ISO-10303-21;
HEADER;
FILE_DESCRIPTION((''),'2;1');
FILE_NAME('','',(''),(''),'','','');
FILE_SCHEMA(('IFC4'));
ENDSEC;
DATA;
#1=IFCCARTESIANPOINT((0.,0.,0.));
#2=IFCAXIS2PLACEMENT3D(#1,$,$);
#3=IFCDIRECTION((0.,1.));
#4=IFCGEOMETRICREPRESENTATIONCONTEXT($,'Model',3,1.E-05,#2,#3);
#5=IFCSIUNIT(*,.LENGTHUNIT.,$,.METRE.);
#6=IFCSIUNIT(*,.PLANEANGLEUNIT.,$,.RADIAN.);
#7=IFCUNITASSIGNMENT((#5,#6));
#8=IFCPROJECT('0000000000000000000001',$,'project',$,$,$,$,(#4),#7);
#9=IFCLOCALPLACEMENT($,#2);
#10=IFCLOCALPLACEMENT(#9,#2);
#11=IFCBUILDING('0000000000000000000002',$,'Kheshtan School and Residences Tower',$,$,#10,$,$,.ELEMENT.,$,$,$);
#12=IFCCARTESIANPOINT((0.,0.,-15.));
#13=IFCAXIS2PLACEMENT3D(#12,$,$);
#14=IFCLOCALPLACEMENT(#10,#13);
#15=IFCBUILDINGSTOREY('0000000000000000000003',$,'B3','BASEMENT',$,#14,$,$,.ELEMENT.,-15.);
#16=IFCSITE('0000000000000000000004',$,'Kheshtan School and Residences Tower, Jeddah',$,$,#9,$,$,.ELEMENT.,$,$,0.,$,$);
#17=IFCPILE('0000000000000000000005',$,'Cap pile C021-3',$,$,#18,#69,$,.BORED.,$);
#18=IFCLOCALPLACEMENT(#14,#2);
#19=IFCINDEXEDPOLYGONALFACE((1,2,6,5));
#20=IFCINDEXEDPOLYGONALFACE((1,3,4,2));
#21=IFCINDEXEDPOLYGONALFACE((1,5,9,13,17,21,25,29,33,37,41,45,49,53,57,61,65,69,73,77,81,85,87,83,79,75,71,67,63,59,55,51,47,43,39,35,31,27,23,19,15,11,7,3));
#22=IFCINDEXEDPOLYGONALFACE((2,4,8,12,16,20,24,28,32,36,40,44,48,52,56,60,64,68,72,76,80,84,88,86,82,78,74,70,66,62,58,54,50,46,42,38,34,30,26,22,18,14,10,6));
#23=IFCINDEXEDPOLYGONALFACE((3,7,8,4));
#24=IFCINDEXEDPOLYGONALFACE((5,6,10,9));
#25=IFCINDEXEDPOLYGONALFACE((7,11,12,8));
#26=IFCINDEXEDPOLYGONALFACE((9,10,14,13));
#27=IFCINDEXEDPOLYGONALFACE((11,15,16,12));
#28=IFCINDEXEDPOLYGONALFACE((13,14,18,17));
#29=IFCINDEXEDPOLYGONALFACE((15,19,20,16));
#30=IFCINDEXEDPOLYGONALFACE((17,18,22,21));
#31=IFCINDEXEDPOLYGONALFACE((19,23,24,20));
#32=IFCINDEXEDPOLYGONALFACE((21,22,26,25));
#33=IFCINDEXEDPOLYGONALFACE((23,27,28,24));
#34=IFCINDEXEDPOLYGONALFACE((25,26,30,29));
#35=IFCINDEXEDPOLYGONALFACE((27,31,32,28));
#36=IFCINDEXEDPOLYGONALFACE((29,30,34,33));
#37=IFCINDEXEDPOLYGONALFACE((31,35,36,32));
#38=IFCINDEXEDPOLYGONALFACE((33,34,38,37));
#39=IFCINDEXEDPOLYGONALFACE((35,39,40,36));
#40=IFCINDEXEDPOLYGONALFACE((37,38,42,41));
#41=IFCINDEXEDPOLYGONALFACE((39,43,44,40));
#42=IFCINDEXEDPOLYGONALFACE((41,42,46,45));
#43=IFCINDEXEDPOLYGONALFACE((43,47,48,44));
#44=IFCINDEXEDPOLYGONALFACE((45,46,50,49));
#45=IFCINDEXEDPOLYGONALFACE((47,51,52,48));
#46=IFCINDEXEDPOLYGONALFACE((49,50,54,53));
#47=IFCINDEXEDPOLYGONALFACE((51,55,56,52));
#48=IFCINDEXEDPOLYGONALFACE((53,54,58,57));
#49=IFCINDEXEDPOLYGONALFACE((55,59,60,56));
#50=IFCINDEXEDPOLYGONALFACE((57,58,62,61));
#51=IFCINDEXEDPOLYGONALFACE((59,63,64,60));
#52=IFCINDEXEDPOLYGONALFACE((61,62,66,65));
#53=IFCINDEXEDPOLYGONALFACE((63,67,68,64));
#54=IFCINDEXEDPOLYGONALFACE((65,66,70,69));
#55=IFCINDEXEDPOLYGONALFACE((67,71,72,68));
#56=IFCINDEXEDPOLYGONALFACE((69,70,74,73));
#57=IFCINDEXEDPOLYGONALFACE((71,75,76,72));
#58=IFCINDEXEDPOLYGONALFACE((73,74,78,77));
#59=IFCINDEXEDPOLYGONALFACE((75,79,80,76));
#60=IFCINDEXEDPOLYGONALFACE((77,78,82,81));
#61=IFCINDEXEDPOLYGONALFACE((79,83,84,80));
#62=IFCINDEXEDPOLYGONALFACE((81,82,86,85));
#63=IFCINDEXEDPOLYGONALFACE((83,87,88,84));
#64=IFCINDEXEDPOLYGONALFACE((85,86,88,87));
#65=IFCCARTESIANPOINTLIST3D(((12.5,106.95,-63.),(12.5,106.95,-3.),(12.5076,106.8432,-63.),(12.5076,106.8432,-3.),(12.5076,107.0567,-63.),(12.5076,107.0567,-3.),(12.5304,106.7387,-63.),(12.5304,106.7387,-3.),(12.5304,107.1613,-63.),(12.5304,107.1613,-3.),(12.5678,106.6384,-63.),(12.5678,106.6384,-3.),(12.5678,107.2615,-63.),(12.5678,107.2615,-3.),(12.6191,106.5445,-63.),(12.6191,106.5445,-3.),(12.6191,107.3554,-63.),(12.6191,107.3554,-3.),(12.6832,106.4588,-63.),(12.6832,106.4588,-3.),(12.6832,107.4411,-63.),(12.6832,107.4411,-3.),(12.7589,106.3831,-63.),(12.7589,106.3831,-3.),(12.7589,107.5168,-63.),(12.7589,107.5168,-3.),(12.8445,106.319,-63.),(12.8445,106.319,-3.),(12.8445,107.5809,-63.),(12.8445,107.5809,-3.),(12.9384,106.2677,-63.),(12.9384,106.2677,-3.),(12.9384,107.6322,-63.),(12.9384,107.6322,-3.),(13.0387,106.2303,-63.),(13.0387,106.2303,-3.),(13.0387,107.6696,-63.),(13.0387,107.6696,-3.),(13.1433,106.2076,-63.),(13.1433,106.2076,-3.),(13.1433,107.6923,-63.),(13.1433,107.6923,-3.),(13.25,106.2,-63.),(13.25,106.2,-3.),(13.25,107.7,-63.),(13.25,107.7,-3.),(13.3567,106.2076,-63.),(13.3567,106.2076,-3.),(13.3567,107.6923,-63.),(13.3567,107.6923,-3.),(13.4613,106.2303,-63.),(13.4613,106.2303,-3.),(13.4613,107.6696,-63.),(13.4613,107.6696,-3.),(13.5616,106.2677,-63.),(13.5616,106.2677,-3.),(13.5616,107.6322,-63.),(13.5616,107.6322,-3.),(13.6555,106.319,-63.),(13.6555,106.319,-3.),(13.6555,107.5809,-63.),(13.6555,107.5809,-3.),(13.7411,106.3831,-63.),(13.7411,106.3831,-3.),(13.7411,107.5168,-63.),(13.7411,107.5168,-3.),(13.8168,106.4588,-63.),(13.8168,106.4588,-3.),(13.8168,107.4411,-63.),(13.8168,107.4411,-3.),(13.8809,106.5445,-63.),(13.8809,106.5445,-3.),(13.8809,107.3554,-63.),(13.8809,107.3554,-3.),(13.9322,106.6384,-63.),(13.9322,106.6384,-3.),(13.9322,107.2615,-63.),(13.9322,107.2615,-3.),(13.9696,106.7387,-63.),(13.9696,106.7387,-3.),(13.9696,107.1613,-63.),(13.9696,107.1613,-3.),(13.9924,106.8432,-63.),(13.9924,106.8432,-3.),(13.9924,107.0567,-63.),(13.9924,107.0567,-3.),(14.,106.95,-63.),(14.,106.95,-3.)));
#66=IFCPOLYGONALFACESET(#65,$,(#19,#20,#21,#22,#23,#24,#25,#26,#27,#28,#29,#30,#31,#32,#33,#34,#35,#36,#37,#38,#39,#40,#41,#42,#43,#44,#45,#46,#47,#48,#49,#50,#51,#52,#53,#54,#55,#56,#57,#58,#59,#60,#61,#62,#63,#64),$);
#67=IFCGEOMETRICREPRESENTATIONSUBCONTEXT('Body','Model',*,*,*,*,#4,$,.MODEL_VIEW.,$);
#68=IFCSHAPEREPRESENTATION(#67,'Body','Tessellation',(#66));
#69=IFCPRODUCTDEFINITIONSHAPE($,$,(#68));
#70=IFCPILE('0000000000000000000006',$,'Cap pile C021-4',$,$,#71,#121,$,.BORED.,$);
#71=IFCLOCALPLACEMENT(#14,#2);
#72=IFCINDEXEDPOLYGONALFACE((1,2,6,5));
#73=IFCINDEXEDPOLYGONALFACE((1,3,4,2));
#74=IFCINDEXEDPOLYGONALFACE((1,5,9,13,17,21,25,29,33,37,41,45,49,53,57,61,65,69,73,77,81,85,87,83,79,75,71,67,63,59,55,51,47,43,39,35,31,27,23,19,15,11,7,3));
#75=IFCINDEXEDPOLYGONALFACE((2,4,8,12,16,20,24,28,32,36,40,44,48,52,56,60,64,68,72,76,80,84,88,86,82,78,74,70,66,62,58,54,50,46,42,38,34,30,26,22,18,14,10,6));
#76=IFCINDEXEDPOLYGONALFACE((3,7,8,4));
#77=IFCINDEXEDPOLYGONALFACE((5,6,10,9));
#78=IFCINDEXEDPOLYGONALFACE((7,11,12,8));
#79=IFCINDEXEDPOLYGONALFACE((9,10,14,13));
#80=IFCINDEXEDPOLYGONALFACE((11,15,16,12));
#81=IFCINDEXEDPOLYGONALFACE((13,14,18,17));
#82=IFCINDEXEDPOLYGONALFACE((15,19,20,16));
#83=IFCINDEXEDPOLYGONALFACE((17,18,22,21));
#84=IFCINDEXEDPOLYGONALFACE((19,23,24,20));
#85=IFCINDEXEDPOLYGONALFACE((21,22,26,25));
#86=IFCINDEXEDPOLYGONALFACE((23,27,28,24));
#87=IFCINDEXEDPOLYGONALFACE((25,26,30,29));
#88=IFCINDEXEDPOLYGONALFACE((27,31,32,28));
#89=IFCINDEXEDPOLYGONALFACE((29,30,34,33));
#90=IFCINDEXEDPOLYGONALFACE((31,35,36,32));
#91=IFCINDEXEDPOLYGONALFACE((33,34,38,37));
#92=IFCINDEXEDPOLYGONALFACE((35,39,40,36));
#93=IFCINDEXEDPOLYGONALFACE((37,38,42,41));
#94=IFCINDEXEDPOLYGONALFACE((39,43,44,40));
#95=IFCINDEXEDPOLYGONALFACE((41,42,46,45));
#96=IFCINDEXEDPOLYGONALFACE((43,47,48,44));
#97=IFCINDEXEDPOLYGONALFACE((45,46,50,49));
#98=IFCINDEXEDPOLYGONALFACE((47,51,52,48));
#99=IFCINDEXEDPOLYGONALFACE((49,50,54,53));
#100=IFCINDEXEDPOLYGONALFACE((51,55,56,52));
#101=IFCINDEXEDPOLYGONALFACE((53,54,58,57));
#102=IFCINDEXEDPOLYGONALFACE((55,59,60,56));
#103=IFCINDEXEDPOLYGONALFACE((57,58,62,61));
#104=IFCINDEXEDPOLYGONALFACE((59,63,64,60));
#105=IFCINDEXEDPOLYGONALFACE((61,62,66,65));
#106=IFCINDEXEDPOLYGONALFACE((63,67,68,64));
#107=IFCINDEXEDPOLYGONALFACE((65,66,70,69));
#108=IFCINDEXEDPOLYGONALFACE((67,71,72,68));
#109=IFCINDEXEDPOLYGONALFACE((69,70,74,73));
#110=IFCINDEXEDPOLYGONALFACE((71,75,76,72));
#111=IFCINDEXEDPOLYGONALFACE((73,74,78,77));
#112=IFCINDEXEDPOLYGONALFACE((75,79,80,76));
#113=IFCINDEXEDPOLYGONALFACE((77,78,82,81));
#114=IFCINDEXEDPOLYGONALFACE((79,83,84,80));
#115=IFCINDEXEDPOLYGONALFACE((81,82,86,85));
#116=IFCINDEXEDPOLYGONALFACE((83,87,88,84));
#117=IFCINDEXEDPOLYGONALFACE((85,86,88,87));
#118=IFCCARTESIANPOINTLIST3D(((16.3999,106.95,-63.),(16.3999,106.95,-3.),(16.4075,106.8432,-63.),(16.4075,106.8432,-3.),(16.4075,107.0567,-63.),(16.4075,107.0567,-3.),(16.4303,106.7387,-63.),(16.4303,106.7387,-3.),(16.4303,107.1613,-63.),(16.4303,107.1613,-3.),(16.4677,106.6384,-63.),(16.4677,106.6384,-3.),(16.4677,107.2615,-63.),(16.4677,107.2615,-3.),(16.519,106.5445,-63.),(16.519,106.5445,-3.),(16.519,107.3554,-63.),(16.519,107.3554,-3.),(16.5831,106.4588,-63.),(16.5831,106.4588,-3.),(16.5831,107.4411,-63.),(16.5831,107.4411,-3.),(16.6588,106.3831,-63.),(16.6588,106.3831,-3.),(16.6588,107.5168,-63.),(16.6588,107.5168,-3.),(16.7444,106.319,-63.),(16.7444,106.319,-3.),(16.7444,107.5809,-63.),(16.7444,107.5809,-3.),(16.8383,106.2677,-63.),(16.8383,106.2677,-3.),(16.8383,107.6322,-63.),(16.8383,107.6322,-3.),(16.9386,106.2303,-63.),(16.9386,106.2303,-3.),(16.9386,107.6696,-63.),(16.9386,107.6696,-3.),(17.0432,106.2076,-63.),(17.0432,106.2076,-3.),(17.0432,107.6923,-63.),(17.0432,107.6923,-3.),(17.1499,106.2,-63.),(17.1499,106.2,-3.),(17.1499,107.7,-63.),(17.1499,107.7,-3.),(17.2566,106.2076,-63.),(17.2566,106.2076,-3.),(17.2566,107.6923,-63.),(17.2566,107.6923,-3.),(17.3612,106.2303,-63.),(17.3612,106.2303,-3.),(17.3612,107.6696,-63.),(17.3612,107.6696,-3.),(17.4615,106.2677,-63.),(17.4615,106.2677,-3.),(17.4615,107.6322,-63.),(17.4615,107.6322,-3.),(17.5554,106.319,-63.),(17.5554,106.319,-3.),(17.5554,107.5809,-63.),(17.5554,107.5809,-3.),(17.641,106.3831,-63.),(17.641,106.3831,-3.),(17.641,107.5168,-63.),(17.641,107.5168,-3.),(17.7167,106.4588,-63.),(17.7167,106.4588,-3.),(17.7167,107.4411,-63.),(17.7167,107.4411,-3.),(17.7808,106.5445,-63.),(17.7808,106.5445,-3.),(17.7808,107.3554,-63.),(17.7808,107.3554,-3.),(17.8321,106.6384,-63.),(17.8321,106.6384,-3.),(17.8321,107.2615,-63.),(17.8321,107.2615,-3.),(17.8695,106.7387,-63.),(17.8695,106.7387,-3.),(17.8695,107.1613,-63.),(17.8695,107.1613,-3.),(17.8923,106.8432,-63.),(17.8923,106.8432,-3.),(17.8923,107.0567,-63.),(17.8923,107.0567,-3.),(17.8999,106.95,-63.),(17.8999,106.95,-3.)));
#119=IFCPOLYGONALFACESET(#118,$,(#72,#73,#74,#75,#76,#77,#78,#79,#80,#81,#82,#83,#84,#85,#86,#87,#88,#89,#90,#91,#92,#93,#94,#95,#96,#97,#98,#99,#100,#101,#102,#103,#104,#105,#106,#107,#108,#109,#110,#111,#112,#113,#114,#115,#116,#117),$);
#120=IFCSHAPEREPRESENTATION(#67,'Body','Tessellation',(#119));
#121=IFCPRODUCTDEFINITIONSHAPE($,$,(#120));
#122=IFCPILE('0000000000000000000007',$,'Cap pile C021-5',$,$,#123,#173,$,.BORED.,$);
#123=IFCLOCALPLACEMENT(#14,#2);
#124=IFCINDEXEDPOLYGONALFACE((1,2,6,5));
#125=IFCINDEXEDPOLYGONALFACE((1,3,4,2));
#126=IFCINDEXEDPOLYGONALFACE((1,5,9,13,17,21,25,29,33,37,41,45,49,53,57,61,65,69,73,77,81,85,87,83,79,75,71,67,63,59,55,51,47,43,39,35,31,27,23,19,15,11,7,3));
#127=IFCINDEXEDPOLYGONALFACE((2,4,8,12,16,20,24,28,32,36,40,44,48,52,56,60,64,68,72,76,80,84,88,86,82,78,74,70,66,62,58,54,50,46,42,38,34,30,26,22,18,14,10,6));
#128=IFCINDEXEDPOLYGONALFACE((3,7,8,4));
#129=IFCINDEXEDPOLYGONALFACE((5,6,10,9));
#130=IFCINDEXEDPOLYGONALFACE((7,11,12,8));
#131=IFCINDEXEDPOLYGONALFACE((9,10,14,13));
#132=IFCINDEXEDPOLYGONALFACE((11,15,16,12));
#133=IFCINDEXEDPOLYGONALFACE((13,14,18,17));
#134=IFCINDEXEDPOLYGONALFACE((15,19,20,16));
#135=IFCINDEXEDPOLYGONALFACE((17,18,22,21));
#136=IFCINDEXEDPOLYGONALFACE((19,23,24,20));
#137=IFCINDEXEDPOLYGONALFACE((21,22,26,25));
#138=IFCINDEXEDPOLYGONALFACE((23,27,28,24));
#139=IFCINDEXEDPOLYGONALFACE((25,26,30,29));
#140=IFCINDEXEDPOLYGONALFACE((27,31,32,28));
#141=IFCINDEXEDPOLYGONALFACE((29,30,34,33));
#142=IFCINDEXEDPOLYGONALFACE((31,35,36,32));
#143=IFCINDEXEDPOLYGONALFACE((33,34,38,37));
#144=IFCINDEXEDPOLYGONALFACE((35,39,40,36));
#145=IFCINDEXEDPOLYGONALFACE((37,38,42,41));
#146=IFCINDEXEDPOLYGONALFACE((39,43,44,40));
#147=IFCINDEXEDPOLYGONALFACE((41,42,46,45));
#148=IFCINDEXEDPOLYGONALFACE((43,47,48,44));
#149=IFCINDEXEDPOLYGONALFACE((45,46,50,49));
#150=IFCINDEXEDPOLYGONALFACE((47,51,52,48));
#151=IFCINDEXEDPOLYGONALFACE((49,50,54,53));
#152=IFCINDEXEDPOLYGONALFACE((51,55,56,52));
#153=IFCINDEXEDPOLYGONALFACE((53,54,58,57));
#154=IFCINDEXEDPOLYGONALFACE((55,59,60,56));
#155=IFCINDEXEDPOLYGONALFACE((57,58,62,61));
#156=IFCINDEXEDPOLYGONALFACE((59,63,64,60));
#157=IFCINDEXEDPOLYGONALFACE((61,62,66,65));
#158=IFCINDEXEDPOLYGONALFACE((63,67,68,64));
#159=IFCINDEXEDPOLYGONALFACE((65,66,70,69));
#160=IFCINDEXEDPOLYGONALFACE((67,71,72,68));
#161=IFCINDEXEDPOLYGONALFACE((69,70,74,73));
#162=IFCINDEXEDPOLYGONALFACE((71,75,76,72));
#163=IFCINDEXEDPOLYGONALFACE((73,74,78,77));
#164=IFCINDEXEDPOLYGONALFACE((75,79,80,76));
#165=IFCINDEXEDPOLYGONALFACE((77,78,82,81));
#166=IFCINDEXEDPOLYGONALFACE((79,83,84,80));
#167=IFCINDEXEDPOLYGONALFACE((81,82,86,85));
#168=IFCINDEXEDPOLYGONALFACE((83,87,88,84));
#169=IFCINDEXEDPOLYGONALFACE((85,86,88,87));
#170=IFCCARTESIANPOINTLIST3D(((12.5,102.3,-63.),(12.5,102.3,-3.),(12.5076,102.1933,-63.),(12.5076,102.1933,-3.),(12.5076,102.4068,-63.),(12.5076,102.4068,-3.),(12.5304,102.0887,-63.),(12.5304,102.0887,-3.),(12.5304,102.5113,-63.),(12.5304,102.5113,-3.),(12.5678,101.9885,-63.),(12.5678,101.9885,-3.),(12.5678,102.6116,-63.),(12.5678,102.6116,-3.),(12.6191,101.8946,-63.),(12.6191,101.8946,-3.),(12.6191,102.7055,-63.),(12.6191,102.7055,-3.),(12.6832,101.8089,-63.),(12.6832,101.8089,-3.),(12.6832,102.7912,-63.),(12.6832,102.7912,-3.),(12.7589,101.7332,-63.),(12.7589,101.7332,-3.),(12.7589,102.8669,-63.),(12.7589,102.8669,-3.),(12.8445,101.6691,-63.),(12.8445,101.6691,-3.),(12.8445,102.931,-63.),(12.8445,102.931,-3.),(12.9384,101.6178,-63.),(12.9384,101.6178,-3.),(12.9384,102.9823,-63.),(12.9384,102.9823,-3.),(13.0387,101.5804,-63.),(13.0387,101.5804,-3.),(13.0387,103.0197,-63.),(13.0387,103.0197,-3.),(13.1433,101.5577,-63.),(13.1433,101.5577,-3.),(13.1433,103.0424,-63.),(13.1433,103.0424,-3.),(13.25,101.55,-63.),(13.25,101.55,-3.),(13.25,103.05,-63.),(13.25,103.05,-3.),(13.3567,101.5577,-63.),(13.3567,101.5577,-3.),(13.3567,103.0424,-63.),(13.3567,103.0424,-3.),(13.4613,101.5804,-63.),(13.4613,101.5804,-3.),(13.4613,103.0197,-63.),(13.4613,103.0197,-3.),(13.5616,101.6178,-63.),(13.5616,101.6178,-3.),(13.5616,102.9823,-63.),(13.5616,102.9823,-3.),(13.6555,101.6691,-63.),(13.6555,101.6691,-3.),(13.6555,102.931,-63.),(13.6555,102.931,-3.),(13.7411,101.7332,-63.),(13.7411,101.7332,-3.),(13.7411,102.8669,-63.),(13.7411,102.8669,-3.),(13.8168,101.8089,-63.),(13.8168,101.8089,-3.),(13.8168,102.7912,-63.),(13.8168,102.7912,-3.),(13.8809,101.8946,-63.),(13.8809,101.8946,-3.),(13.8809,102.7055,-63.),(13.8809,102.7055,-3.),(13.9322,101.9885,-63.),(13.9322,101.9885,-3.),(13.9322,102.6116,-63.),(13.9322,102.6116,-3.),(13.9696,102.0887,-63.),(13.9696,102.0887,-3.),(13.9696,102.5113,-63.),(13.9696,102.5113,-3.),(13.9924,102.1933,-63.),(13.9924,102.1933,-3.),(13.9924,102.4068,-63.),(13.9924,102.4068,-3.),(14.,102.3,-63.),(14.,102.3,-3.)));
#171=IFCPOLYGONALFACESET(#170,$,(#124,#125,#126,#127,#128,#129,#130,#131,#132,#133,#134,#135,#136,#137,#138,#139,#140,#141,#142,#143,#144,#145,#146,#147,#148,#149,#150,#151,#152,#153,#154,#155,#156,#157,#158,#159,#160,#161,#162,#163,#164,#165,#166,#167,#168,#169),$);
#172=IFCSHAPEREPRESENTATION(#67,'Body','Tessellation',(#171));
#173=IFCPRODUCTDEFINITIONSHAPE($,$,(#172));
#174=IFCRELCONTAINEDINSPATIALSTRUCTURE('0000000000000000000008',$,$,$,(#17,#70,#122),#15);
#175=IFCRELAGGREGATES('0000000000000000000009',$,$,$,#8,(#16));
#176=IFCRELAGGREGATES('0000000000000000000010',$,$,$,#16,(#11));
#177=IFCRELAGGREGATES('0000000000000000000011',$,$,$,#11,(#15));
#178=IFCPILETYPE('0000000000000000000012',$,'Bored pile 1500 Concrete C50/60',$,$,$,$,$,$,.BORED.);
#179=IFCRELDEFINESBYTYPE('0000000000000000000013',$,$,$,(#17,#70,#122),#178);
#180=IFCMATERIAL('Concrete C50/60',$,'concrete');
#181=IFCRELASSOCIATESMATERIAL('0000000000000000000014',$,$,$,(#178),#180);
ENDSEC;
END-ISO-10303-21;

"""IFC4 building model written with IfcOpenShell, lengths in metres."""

from ifc_helpers import new_model, si_unit, direction, frame, origin, origin_2d, place, context, subcontext, project, spatial, circle, extrude, material, material_profile, profile_set, type_object, element, save


model = new_model("IFC4")

# Units and contexts
model_context = context("Model", 3, precision=1e-05, world=origin(), true_north=direction((0.0, 1.0)))
body_context = subcontext(model_context, "Body", "Model", "MODEL_VIEW")
ifc_project = project(units=[si_unit("LENGTHUNIT", "METRE"), si_unit("PLANEANGLEUNIT", "RADIAN")], contexts=[model_context])

# Site, building, storey
site_placement = place(None, origin())
site = spatial("IfcSite", under=ifc_project, at=site_placement, Name="Kheshtan School and Residences Tower, Jeddah", CompositionType="ELEMENT", RefElevation=0.0)
building_placement = place(site_placement, origin())
building = spatial("IfcBuilding", under=site, at=building_placement, Name="Kheshtan School and Residences Tower", CompositionType="ELEMENT")
storey_placement = place(building_placement, frame((0.0, 0.0, -15.0)))
storey = spatial("IfcBuildingStorey", under=building, at=storey_placement, Name="B3", Description="BASEMENT", CompositionType="ELEMENT", Elevation=-15.0)

# Piles
ifc_material_1 = material(Name="Concrete C50/60", Category="concrete")
ifc_material_profile_1 = material_profile(ifc_material_1, circle(Radius=0.75, at=origin_2d()), Name="BP 1500")
ifc_profile_set_1 = profile_set([ifc_material_profile_1], Name="Concrete C50/60")
pile_type_1 = type_object("IfcPileType", Name="Bored pile 1500 Concrete C50/60", PredefinedType="BORED", material=ifc_profile_set_1)
for number, where, z_axis, x_axis, name in (
    (1, (13.25, 106.95, -3.0), (0.0, 0.0, -1.0), (1.0, 0.0, 0.0), "Cap pile C021-3"),
    (2, (17.1499, 106.95, -3.0), (0.0, 0.0, -1.0), (1.0, 0.0, 0.0), "Cap pile C021-4"),
    (3, (13.25, 102.3, -3.0), (0.0, 0.0, -1.0), (1.0, 0.0, 0.0), "Cap pile C021-5"),
):
    element("IfcPile", number, at=place(storey_placement, frame(where, z_axis=z_axis, x_axis=x_axis)), inside=storey, type_object=pile_type_1, Name=name, PredefinedType="BORED", context=body_context, shape_type="SweptSolid", body=[
        extrude(circle(Radius=0.75, at=origin_2d()), origin(), (0.0, 0.0, 1.0), 60.0),
    ])

save(model, "model.ifc")
